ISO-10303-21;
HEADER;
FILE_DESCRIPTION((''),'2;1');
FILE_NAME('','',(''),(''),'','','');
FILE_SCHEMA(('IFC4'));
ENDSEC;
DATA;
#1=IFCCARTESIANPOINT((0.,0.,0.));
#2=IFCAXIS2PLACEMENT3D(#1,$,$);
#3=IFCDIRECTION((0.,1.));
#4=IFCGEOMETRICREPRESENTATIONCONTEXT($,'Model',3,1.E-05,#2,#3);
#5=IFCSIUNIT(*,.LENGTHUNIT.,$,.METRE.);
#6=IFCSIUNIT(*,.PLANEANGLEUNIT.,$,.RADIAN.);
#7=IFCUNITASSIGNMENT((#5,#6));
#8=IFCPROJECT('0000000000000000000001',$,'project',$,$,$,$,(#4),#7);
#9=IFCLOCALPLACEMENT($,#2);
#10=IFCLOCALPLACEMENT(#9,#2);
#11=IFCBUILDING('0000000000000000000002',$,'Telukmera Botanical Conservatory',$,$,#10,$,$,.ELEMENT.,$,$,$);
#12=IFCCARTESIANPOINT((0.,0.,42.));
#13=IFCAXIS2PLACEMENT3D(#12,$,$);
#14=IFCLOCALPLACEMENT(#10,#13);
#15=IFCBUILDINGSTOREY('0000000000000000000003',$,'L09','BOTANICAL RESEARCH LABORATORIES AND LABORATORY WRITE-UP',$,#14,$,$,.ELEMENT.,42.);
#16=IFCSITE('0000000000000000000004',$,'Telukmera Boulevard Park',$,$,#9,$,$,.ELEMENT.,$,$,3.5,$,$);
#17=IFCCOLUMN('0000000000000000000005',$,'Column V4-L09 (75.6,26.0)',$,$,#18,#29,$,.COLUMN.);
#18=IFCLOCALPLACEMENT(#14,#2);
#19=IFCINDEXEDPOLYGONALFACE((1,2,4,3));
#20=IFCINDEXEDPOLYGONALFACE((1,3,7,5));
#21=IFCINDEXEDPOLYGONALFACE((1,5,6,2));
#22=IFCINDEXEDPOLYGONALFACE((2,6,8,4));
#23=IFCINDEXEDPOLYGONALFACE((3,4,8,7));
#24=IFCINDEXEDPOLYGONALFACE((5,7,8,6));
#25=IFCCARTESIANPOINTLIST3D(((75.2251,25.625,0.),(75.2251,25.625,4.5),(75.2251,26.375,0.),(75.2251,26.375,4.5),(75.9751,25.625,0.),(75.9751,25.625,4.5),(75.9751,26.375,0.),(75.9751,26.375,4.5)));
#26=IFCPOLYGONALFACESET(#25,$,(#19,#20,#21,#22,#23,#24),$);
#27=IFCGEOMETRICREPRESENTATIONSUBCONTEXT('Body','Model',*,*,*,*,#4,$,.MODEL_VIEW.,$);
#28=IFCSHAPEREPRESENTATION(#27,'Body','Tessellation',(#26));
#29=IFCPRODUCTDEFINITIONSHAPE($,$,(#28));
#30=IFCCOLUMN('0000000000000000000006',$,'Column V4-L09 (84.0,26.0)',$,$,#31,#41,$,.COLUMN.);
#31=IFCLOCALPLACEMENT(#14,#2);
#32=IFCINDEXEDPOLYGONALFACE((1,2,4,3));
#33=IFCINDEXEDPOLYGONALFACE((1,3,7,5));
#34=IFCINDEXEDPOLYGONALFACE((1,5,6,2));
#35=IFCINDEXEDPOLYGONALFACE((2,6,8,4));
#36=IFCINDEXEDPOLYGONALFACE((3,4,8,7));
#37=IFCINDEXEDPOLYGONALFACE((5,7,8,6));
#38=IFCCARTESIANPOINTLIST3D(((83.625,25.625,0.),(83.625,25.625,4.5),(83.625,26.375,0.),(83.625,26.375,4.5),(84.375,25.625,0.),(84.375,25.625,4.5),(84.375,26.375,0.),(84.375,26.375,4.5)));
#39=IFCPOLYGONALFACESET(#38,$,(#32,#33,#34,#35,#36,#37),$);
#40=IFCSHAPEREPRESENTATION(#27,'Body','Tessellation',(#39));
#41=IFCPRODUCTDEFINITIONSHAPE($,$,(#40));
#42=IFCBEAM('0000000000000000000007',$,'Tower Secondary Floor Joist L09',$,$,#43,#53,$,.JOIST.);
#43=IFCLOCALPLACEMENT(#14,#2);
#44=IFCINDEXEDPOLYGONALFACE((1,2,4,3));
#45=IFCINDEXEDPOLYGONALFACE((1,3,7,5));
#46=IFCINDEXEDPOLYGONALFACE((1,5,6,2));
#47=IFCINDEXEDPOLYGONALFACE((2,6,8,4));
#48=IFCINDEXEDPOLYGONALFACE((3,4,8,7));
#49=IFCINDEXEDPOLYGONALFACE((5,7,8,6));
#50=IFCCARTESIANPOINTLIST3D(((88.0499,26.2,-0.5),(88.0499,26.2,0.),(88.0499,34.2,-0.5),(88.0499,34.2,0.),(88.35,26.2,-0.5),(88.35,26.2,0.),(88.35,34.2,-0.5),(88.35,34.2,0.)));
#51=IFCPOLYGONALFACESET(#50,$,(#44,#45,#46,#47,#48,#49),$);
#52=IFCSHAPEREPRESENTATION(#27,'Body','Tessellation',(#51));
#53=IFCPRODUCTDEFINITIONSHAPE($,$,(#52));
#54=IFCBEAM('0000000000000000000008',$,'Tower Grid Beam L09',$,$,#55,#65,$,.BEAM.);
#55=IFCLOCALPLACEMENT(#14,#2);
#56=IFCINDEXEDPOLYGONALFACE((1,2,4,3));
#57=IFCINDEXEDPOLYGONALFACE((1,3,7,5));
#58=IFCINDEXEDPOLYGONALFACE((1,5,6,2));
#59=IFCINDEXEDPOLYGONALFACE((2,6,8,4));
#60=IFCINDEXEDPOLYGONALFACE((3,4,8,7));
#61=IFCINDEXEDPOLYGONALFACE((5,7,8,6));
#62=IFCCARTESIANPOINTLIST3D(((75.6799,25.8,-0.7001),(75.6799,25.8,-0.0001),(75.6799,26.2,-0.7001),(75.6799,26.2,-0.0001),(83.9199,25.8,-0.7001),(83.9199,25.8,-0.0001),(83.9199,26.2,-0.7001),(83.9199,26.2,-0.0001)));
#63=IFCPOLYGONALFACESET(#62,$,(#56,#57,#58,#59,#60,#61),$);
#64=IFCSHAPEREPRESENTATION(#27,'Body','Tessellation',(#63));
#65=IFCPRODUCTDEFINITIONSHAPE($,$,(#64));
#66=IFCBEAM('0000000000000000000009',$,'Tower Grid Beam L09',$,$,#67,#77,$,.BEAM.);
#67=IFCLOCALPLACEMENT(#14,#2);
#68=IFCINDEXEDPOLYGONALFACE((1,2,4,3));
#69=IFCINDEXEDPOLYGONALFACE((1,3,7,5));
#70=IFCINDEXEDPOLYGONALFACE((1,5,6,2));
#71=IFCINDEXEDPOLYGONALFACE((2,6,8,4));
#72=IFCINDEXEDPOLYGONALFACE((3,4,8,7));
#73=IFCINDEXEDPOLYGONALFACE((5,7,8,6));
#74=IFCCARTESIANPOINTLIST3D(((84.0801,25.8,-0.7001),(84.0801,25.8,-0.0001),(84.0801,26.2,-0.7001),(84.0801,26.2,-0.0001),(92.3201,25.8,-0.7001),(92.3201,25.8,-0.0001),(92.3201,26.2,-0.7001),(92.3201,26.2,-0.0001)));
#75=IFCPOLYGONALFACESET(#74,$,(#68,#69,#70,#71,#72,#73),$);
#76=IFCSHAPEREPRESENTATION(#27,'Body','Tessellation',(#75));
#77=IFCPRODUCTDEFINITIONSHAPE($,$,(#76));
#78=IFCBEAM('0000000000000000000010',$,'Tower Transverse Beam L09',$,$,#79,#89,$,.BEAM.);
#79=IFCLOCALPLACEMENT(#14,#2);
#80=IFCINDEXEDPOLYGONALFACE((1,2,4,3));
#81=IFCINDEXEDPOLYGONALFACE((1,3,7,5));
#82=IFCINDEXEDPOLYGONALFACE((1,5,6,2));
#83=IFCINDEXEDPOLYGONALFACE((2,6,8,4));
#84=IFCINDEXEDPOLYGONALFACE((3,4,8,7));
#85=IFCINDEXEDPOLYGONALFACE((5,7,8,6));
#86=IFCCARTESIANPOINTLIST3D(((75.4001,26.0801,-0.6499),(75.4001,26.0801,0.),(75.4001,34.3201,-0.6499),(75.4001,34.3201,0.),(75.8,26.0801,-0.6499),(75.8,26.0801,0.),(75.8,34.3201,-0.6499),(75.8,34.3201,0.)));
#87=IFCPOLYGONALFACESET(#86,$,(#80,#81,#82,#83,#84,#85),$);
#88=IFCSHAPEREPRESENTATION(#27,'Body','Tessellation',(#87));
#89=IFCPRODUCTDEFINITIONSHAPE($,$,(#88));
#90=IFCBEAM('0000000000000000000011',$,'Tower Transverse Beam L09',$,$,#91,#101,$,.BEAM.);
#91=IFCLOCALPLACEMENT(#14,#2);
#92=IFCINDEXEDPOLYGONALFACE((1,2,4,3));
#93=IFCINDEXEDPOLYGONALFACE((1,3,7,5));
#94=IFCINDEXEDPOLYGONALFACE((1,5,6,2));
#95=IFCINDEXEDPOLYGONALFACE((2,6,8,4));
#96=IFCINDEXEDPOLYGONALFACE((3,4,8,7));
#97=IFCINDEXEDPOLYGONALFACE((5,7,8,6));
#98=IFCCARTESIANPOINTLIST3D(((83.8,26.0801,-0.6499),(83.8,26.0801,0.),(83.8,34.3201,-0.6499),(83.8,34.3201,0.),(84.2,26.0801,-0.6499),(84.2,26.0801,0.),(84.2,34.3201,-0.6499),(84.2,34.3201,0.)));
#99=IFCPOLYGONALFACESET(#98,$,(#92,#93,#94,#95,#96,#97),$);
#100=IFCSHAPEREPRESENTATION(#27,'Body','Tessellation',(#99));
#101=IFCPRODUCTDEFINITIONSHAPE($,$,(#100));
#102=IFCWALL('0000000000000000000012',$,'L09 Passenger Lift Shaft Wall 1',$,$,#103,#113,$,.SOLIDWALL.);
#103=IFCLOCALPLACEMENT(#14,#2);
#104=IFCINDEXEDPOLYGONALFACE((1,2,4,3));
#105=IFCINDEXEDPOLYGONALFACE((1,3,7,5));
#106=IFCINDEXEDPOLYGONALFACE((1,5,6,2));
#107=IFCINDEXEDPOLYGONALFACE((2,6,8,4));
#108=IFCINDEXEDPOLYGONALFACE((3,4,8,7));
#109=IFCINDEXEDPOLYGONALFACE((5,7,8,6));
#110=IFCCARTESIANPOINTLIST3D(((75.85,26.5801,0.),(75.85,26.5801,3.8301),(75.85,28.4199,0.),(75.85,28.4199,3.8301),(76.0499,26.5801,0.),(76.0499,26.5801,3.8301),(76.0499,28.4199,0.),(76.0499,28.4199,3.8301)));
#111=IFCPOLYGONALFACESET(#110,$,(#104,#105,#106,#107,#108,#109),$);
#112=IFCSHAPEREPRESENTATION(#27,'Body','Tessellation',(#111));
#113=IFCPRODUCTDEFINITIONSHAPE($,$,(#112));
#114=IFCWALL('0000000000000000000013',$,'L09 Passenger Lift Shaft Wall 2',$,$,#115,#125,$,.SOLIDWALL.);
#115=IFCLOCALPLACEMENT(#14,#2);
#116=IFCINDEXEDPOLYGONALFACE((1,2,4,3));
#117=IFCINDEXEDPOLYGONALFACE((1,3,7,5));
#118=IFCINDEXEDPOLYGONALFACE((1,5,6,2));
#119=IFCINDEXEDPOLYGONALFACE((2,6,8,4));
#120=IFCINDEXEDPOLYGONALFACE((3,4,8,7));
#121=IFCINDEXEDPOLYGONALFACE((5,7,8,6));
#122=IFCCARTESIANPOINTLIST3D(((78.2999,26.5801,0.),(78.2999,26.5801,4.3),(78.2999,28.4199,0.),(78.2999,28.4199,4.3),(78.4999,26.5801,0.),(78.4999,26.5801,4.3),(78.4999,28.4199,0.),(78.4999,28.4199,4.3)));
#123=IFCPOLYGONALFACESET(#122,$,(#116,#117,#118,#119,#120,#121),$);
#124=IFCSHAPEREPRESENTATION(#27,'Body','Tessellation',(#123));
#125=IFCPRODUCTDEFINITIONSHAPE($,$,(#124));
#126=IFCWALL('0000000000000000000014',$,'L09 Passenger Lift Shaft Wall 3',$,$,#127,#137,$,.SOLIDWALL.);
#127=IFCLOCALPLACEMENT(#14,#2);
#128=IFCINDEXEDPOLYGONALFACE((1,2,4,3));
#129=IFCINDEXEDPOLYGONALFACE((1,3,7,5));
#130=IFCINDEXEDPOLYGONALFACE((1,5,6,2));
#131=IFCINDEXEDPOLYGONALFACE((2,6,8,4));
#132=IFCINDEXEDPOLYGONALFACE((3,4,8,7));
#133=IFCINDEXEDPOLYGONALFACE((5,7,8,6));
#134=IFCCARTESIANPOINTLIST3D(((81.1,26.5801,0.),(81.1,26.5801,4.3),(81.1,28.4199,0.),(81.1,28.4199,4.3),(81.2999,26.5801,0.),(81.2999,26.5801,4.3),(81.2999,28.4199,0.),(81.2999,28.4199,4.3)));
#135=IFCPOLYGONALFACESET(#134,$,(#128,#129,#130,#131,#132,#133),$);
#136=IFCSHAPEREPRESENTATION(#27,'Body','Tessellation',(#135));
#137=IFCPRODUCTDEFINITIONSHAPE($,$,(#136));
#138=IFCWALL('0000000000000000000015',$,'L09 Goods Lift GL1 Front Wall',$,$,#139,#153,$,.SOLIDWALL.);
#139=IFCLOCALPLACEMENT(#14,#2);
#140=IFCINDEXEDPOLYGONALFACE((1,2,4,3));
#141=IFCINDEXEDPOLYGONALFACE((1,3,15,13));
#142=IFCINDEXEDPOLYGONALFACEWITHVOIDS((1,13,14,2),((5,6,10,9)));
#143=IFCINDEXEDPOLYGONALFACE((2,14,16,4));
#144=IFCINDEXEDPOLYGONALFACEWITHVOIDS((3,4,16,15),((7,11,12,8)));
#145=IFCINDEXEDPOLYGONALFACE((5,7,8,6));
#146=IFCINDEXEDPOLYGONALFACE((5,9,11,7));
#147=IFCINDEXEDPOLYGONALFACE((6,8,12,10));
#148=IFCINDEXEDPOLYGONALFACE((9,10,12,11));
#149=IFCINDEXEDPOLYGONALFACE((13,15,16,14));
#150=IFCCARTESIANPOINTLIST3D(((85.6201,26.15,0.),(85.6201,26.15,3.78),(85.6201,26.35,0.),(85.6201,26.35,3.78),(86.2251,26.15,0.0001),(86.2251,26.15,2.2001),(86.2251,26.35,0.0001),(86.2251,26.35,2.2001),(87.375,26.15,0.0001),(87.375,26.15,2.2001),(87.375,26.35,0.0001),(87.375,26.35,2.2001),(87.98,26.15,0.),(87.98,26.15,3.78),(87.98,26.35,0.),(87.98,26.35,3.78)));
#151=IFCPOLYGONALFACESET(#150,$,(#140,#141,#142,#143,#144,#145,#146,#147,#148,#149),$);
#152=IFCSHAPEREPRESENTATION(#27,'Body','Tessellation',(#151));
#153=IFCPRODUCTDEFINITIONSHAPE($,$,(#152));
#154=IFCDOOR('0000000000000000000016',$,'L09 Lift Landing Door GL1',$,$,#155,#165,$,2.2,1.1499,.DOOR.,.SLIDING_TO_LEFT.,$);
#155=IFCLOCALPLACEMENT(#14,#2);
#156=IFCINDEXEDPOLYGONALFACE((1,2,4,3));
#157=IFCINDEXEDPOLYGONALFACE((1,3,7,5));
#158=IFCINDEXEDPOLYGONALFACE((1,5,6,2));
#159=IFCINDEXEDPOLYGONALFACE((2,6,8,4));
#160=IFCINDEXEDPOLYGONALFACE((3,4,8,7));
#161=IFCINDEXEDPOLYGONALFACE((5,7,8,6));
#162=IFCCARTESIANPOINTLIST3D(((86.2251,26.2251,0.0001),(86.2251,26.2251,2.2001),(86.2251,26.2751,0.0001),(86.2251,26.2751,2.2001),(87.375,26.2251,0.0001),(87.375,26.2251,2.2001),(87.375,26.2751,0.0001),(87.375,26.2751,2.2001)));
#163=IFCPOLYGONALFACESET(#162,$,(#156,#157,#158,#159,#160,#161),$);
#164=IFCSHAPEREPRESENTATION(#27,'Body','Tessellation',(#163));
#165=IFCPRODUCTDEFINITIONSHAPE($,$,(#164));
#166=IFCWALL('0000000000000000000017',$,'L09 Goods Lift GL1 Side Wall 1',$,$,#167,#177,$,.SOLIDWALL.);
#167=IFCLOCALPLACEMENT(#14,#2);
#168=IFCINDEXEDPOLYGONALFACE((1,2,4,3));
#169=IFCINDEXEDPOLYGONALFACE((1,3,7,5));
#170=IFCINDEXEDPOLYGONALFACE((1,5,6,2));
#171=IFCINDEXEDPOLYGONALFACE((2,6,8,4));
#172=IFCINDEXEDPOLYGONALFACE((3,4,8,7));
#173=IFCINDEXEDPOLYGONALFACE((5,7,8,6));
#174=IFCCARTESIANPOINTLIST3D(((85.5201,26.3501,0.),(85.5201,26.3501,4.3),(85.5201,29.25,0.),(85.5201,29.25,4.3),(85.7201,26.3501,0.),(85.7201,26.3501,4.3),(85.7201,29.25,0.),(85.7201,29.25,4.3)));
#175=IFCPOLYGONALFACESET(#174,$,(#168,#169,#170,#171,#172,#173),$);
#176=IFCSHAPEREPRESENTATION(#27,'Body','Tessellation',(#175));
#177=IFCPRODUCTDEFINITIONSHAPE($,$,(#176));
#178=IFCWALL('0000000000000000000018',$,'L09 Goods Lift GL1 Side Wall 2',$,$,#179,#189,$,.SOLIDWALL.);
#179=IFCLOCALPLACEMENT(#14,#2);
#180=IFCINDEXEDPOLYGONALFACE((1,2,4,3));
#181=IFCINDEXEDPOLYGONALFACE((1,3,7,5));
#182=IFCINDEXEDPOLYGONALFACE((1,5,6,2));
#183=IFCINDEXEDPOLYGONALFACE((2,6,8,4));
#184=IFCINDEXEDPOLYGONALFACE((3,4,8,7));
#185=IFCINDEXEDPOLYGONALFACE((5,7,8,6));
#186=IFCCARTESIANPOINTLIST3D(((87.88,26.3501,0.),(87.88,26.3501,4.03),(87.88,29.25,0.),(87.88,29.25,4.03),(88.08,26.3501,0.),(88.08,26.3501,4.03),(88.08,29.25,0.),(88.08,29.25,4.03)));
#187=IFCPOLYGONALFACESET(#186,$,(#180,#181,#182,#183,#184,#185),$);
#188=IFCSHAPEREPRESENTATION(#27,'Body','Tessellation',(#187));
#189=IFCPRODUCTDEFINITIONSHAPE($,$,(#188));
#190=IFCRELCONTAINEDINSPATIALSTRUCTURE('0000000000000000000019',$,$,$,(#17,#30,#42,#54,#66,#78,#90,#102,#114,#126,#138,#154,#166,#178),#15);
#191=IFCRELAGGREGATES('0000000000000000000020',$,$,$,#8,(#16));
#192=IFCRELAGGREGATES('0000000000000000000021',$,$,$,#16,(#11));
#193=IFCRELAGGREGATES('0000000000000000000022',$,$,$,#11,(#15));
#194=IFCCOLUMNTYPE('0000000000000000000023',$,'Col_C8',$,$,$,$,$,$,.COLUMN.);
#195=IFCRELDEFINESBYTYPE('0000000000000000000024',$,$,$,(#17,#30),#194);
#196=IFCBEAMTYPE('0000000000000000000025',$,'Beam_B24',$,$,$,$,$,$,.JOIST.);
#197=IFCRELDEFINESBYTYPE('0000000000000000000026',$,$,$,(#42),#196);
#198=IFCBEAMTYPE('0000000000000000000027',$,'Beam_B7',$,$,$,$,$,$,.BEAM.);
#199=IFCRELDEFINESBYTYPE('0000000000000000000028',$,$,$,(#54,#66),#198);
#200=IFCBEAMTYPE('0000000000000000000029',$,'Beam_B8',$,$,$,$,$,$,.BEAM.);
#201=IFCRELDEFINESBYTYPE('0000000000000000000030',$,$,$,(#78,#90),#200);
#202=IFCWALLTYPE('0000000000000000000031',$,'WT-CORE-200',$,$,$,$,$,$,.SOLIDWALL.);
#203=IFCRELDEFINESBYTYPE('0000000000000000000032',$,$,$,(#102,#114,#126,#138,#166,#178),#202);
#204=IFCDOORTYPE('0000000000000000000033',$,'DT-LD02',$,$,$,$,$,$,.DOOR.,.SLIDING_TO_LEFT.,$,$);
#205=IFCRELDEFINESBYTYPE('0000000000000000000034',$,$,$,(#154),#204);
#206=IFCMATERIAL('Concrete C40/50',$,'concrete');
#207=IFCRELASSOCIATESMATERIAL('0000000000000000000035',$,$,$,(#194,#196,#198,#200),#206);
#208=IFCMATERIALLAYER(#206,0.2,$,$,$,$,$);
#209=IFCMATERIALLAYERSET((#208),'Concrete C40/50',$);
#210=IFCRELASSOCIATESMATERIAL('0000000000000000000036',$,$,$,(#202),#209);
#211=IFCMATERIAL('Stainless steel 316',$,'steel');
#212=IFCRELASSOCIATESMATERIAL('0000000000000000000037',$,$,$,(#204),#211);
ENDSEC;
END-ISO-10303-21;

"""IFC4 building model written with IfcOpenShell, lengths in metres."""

from ifc_helpers import new_model, si_unit, direction, frame, frame_2d, origin, origin_2d, place, context, subcontext, project, spatial, rectangle, extrude, material, layer, layer_set, material_profile, profile_set, type_object, element, fill, save


model = new_model("IFC4")

# Units and contexts
model_context = context("Model", 3, precision=1e-05, world=origin(), true_north=direction((0.0, 1.0)))
body_context = subcontext(model_context, "Body", "Model", "MODEL_VIEW")
ifc_project = project(units=[si_unit("LENGTHUNIT", "METRE"), si_unit("PLANEANGLEUNIT", "RADIAN")], contexts=[model_context])

# Site, building, storey
site_placement = place(None, origin())
site = spatial("IfcSite", under=ifc_project, at=site_placement, Name="Telukmera Boulevard Park", CompositionType="ELEMENT", RefElevation=3.5)
building_placement = place(site_placement, origin())
building = spatial("IfcBuilding", under=site, at=building_placement, Name="Telukmera Botanical Conservatory", CompositionType="ELEMENT")
storey_placement = place(building_placement, frame((0.0, 0.0, 42.0)))
storey = spatial("IfcBuildingStorey", under=building, at=storey_placement, Name="L09", Description="BOTANICAL RESEARCH LABORATORIES AND LABORATORY WRITE-UP", CompositionType="ELEMENT", Elevation=42.0)

# Columns
ifc_material_1 = material(Name="Concrete C40/50", Category="concrete")
ifc_material_profile_1 = material_profile(ifc_material_1, rectangle(XDim=0.75, YDim=0.75, at=origin_2d()), Name="RC 750x750")
ifc_profile_set_1 = profile_set([ifc_material_profile_1], Name="Concrete C40/50")
column_type = type_object("IfcColumnType", Name="Col_C8", PredefinedType="COLUMN", material=ifc_profile_set_1)
for number, where, z_axis, x_axis, name in (
    (1, (75.6001, 26.0, 0.0), (0.0, 0.0, 1.0), (1.0, 0.0, 0.0), "Column V4-L09 (75.6,26.0)"),
    (2, (84.0, 26.0, 0.0), (0.0, 0.0, 1.0), (1.0, 0.0, 0.0), "Column V4-L09 (84.0,26.0)"),
):
    element("IfcColumn", number, at=place(storey_placement, frame(where, z_axis=z_axis, x_axis=x_axis)), inside=storey, type_object=column_type, Name=name, PredefinedType="COLUMN", context=body_context, shape_type="SweptSolid", body=[
        extrude(rectangle(XDim=0.75, YDim=0.75, at=origin_2d()), origin(), (0.0, 0.0, 1.0), 4.5),
    ])

# Beams
ifc_material_profile_2 = material_profile(ifc_material_1, rectangle(XDim=0.3, YDim=0.5, at=origin_2d()), Name="RC 300x500")
ifc_profile_set_2 = profile_set([ifc_material_profile_2], Name="Concrete C40/50")
beam_type_1 = type_object("IfcBeamType", Name="Beam_B24", PredefinedType="JOIST", material=ifc_profile_set_2)
beam_placement = place(storey_placement, frame((88.2, 26.2, -0.25), z_axis=(0.0, 1.0, 0.0), x_axis=(-1.0, 0.0, 0.0)))
element("IfcBeam", 3, at=beam_placement, inside=storey, type_object=beam_type_1, Name="Tower Secondary Floor Joist L09", PredefinedType="JOIST", context=body_context, shape_type="SweptSolid", body=[
    extrude(rectangle(XDim=0.3, YDim=0.5, at=origin_2d()), origin(), (0.0, 0.0, 1.0), 8.0),
])
ifc_material_profile_3 = material_profile(ifc_material_1, rectangle(XDim=0.3999, YDim=0.7, at=origin_2d()), Name="RC 400x700")
ifc_profile_set_3 = profile_set([ifc_material_profile_3], Name="Concrete C40/50")
beam_type_2 = type_object("IfcBeamType", Name="Beam_B7", PredefinedType="BEAM", material=ifc_profile_set_3)
for number, where, z_axis, x_axis, name in (
    (4, (75.6799, 26.0, -0.3501), (1.0, 0.0, 0.0), (0.0, 1.0, 0.0), "Tower Grid Beam L09"),
    (5, (84.0801, 26.0, -0.3501), (1.0, 0.0, 0.0), (0.0, 1.0, 0.0), "Tower Grid Beam L09"),
):
    element("IfcBeam", number, at=place(storey_placement, frame(where, z_axis=z_axis, x_axis=x_axis)), inside=storey, type_object=beam_type_2, Name=name, PredefinedType="BEAM", context=body_context, shape_type="SweptSolid", body=[
        extrude(rectangle(XDim=0.3999, YDim=0.7, at=origin_2d()), origin(), (0.0, 0.0, 1.0), 8.24),
    ])
ifc_material_profile_4 = material_profile(ifc_material_1, rectangle(XDim=0.3999, YDim=0.6499, at=origin_2d()), Name="RC 400x650")
ifc_profile_set_4 = profile_set([ifc_material_profile_4], Name="Concrete C40/50")
beam_type_3 = type_object("IfcBeamType", Name="Beam_B8", PredefinedType="BEAM", material=ifc_profile_set_4)
for number, where, z_axis, x_axis, name in (
    (6, (75.6001, 26.0801, -0.325), (0.0, 1.0, 0.0), (-1.0, 0.0, 0.0), "Tower Transverse Beam L09"),
    (7, (84.0, 26.0801, -0.325), (0.0, 1.0, 0.0), (-1.0, 0.0, 0.0), "Tower Transverse Beam L09"),
):
    element("IfcBeam", number, at=place(storey_placement, frame(where, z_axis=z_axis, x_axis=x_axis)), inside=storey, type_object=beam_type_3, Name=name, PredefinedType="BEAM", context=body_context, shape_type="SweptSolid", body=[
        extrude(rectangle(XDim=0.3999, YDim=0.6499, at=origin_2d()), origin(), (0.0, 0.0, 1.0), 8.24),
    ])

# Shared definitions
ifc_layer_1 = layer(ifc_material_1, 0.2)
ifc_layer_set_1 = layer_set([ifc_layer_1], Name="Concrete C40/50")
wall_type_1 = type_object("IfcWallType", Name="WT-CORE-200", PredefinedType="SOLIDWALL", material=ifc_layer_set_1)
ifc_material_2 = material(Name="Stainless steel 316", Category="steel")

# Walls
wall_1_placement = place(storey_placement, frame((75.95, 26.5801, 0.0), z_axis=(0.0, 0.0, 1.0), x_axis=(0.0, 1.0, 0.0)))
element("IfcWall", 8, at=wall_1_placement, inside=storey, type_object=wall_type_1, Name="L09 Passenger Lift Shaft Wall 1", PredefinedType="SOLIDWALL", context=body_context, shape_type="SweptSolid", body=[
    extrude(rectangle(XDim=1.8398, YDim=0.2, at=frame_2d((0.9199, 0.0))), origin(), (0.0, 0.0, 1.0), 3.8301),
])
for number, where, z_axis, x_axis, name in (
    (9, (78.3999, 26.5801, 0.0), (0.0, 0.0, 1.0), (0.0, 1.0, 0.0), "L09 Passenger Lift Shaft Wall 2"),
    (10, (81.2, 26.5801, 0.0), (0.0, 0.0, 1.0), (0.0, 1.0, 0.0), "L09 Passenger Lift Shaft Wall 3"),
):
    element("IfcWall", number, at=place(storey_placement, frame(where, z_axis=z_axis, x_axis=x_axis)), inside=storey, type_object=wall_type_1, Name=name, PredefinedType="SOLIDWALL", context=body_context, shape_type="SweptSolid", body=[
        extrude(rectangle(XDim=1.8398, YDim=0.2, at=frame_2d((0.9199, 0.0))), origin(), (0.0, 0.0, 1.0), 4.3),
    ])

# Wall, opening, door
wall_2_placement = place(storey_placement, frame((85.6201, 26.25, 0.0), z_axis=(0.0, 0.0, 1.0), x_axis=(1.0, 0.0, 0.0)))
wall_2 = element("IfcWall", 11, at=wall_2_placement, inside=storey, type_object=wall_type_1, Name="L09 Goods Lift GL1 Front Wall", PredefinedType="SOLIDWALL", context=body_context, shape_type="SweptSolid", body=[
    extrude(rectangle(XDim=2.3599, YDim=0.2, at=frame_2d((1.1799, 0.0))), origin(), (0.0, 0.0, 1.0), 3.78),
])
opening_1_placement = place(wall_2_placement, frame((0.605, 0.0, 0.0)))
opening_1 = element("IfcOpeningElement", 12, at=opening_1_placement, cuts=wall_2, PredefinedType="OPENING", context=body_context, shape_type="SweptSolid", body=[
    extrude(rectangle(XDim=1.1499, YDim=2.2, at=frame_2d((0.575, 1.1001))), frame((0.0, 0.1099, 0.0), z_axis=(0.0, -1.0, 0.0), x_axis=(1.0, 0.0, 0.0)), (0.0, 0.0, 1.0), 0.22),
])
door_type_1 = type_object("IfcDoorType", Name="DT-LD02", OperationType="SLIDING_TO_LEFT", PredefinedType="DOOR", material=ifc_material_2)
door_1_placement = place(opening_1_placement, frame((1.1499, 0.0, 0.0), z_axis=(0.0, 0.0, 1.0), x_axis=(-1.0, 0.0, 0.0)))
door_1 = element("IfcDoor", 13, at=door_1_placement, inside=storey, type_object=door_type_1, Name="L09 Lift Landing Door GL1", OperationType="SLIDING_TO_LEFT", OverallHeight=2.2, OverallWidth=1.1499, PredefinedType="DOOR", context=body_context, shape_type="SweptSolid", body=[
    extrude(rectangle(XDim=1.1499, YDim=2.2, at=frame_2d((0.575, 1.1001))), frame((0.0, 0.0249, 0.0), z_axis=(0.0, -1.0, 0.0), x_axis=(1.0, 0.0, 0.0)), (0.0, 0.0, 1.0), 0.05),
])
fill(opening_1, door_1)

# Walls
wall_3_placement = place(storey_placement, frame((85.6201, 26.3501, 0.0), z_axis=(0.0, 0.0, 1.0), x_axis=(0.0, 1.0, 0.0)))
element("IfcWall", 14, at=wall_3_placement, inside=storey, type_object=wall_type_1, Name="L09 Goods Lift GL1 Side Wall 1", PredefinedType="SOLIDWALL", context=body_context, shape_type="SweptSolid", body=[
    extrude(rectangle(XDim=2.8999, YDim=0.2, at=frame_2d((1.45, 0.0))), origin(), (0.0, 0.0, 1.0), 4.3),
])
wall_4_placement = place(storey_placement, frame((87.98, 26.3501, 0.0), z_axis=(0.0, 0.0, 1.0), x_axis=(0.0, 1.0, 0.0)))
element("IfcWall", 15, at=wall_4_placement, inside=storey, type_object=wall_type_1, Name="L09 Goods Lift GL1 Side Wall 2", PredefinedType="SOLIDWALL", context=body_context, shape_type="SweptSolid", body=[
    extrude(rectangle(XDim=2.8999, YDim=0.2, at=frame_2d((1.45, 0.0))), origin(), (0.0, 0.0, 1.0), 4.03),
])

save(model, "model.ifc")
